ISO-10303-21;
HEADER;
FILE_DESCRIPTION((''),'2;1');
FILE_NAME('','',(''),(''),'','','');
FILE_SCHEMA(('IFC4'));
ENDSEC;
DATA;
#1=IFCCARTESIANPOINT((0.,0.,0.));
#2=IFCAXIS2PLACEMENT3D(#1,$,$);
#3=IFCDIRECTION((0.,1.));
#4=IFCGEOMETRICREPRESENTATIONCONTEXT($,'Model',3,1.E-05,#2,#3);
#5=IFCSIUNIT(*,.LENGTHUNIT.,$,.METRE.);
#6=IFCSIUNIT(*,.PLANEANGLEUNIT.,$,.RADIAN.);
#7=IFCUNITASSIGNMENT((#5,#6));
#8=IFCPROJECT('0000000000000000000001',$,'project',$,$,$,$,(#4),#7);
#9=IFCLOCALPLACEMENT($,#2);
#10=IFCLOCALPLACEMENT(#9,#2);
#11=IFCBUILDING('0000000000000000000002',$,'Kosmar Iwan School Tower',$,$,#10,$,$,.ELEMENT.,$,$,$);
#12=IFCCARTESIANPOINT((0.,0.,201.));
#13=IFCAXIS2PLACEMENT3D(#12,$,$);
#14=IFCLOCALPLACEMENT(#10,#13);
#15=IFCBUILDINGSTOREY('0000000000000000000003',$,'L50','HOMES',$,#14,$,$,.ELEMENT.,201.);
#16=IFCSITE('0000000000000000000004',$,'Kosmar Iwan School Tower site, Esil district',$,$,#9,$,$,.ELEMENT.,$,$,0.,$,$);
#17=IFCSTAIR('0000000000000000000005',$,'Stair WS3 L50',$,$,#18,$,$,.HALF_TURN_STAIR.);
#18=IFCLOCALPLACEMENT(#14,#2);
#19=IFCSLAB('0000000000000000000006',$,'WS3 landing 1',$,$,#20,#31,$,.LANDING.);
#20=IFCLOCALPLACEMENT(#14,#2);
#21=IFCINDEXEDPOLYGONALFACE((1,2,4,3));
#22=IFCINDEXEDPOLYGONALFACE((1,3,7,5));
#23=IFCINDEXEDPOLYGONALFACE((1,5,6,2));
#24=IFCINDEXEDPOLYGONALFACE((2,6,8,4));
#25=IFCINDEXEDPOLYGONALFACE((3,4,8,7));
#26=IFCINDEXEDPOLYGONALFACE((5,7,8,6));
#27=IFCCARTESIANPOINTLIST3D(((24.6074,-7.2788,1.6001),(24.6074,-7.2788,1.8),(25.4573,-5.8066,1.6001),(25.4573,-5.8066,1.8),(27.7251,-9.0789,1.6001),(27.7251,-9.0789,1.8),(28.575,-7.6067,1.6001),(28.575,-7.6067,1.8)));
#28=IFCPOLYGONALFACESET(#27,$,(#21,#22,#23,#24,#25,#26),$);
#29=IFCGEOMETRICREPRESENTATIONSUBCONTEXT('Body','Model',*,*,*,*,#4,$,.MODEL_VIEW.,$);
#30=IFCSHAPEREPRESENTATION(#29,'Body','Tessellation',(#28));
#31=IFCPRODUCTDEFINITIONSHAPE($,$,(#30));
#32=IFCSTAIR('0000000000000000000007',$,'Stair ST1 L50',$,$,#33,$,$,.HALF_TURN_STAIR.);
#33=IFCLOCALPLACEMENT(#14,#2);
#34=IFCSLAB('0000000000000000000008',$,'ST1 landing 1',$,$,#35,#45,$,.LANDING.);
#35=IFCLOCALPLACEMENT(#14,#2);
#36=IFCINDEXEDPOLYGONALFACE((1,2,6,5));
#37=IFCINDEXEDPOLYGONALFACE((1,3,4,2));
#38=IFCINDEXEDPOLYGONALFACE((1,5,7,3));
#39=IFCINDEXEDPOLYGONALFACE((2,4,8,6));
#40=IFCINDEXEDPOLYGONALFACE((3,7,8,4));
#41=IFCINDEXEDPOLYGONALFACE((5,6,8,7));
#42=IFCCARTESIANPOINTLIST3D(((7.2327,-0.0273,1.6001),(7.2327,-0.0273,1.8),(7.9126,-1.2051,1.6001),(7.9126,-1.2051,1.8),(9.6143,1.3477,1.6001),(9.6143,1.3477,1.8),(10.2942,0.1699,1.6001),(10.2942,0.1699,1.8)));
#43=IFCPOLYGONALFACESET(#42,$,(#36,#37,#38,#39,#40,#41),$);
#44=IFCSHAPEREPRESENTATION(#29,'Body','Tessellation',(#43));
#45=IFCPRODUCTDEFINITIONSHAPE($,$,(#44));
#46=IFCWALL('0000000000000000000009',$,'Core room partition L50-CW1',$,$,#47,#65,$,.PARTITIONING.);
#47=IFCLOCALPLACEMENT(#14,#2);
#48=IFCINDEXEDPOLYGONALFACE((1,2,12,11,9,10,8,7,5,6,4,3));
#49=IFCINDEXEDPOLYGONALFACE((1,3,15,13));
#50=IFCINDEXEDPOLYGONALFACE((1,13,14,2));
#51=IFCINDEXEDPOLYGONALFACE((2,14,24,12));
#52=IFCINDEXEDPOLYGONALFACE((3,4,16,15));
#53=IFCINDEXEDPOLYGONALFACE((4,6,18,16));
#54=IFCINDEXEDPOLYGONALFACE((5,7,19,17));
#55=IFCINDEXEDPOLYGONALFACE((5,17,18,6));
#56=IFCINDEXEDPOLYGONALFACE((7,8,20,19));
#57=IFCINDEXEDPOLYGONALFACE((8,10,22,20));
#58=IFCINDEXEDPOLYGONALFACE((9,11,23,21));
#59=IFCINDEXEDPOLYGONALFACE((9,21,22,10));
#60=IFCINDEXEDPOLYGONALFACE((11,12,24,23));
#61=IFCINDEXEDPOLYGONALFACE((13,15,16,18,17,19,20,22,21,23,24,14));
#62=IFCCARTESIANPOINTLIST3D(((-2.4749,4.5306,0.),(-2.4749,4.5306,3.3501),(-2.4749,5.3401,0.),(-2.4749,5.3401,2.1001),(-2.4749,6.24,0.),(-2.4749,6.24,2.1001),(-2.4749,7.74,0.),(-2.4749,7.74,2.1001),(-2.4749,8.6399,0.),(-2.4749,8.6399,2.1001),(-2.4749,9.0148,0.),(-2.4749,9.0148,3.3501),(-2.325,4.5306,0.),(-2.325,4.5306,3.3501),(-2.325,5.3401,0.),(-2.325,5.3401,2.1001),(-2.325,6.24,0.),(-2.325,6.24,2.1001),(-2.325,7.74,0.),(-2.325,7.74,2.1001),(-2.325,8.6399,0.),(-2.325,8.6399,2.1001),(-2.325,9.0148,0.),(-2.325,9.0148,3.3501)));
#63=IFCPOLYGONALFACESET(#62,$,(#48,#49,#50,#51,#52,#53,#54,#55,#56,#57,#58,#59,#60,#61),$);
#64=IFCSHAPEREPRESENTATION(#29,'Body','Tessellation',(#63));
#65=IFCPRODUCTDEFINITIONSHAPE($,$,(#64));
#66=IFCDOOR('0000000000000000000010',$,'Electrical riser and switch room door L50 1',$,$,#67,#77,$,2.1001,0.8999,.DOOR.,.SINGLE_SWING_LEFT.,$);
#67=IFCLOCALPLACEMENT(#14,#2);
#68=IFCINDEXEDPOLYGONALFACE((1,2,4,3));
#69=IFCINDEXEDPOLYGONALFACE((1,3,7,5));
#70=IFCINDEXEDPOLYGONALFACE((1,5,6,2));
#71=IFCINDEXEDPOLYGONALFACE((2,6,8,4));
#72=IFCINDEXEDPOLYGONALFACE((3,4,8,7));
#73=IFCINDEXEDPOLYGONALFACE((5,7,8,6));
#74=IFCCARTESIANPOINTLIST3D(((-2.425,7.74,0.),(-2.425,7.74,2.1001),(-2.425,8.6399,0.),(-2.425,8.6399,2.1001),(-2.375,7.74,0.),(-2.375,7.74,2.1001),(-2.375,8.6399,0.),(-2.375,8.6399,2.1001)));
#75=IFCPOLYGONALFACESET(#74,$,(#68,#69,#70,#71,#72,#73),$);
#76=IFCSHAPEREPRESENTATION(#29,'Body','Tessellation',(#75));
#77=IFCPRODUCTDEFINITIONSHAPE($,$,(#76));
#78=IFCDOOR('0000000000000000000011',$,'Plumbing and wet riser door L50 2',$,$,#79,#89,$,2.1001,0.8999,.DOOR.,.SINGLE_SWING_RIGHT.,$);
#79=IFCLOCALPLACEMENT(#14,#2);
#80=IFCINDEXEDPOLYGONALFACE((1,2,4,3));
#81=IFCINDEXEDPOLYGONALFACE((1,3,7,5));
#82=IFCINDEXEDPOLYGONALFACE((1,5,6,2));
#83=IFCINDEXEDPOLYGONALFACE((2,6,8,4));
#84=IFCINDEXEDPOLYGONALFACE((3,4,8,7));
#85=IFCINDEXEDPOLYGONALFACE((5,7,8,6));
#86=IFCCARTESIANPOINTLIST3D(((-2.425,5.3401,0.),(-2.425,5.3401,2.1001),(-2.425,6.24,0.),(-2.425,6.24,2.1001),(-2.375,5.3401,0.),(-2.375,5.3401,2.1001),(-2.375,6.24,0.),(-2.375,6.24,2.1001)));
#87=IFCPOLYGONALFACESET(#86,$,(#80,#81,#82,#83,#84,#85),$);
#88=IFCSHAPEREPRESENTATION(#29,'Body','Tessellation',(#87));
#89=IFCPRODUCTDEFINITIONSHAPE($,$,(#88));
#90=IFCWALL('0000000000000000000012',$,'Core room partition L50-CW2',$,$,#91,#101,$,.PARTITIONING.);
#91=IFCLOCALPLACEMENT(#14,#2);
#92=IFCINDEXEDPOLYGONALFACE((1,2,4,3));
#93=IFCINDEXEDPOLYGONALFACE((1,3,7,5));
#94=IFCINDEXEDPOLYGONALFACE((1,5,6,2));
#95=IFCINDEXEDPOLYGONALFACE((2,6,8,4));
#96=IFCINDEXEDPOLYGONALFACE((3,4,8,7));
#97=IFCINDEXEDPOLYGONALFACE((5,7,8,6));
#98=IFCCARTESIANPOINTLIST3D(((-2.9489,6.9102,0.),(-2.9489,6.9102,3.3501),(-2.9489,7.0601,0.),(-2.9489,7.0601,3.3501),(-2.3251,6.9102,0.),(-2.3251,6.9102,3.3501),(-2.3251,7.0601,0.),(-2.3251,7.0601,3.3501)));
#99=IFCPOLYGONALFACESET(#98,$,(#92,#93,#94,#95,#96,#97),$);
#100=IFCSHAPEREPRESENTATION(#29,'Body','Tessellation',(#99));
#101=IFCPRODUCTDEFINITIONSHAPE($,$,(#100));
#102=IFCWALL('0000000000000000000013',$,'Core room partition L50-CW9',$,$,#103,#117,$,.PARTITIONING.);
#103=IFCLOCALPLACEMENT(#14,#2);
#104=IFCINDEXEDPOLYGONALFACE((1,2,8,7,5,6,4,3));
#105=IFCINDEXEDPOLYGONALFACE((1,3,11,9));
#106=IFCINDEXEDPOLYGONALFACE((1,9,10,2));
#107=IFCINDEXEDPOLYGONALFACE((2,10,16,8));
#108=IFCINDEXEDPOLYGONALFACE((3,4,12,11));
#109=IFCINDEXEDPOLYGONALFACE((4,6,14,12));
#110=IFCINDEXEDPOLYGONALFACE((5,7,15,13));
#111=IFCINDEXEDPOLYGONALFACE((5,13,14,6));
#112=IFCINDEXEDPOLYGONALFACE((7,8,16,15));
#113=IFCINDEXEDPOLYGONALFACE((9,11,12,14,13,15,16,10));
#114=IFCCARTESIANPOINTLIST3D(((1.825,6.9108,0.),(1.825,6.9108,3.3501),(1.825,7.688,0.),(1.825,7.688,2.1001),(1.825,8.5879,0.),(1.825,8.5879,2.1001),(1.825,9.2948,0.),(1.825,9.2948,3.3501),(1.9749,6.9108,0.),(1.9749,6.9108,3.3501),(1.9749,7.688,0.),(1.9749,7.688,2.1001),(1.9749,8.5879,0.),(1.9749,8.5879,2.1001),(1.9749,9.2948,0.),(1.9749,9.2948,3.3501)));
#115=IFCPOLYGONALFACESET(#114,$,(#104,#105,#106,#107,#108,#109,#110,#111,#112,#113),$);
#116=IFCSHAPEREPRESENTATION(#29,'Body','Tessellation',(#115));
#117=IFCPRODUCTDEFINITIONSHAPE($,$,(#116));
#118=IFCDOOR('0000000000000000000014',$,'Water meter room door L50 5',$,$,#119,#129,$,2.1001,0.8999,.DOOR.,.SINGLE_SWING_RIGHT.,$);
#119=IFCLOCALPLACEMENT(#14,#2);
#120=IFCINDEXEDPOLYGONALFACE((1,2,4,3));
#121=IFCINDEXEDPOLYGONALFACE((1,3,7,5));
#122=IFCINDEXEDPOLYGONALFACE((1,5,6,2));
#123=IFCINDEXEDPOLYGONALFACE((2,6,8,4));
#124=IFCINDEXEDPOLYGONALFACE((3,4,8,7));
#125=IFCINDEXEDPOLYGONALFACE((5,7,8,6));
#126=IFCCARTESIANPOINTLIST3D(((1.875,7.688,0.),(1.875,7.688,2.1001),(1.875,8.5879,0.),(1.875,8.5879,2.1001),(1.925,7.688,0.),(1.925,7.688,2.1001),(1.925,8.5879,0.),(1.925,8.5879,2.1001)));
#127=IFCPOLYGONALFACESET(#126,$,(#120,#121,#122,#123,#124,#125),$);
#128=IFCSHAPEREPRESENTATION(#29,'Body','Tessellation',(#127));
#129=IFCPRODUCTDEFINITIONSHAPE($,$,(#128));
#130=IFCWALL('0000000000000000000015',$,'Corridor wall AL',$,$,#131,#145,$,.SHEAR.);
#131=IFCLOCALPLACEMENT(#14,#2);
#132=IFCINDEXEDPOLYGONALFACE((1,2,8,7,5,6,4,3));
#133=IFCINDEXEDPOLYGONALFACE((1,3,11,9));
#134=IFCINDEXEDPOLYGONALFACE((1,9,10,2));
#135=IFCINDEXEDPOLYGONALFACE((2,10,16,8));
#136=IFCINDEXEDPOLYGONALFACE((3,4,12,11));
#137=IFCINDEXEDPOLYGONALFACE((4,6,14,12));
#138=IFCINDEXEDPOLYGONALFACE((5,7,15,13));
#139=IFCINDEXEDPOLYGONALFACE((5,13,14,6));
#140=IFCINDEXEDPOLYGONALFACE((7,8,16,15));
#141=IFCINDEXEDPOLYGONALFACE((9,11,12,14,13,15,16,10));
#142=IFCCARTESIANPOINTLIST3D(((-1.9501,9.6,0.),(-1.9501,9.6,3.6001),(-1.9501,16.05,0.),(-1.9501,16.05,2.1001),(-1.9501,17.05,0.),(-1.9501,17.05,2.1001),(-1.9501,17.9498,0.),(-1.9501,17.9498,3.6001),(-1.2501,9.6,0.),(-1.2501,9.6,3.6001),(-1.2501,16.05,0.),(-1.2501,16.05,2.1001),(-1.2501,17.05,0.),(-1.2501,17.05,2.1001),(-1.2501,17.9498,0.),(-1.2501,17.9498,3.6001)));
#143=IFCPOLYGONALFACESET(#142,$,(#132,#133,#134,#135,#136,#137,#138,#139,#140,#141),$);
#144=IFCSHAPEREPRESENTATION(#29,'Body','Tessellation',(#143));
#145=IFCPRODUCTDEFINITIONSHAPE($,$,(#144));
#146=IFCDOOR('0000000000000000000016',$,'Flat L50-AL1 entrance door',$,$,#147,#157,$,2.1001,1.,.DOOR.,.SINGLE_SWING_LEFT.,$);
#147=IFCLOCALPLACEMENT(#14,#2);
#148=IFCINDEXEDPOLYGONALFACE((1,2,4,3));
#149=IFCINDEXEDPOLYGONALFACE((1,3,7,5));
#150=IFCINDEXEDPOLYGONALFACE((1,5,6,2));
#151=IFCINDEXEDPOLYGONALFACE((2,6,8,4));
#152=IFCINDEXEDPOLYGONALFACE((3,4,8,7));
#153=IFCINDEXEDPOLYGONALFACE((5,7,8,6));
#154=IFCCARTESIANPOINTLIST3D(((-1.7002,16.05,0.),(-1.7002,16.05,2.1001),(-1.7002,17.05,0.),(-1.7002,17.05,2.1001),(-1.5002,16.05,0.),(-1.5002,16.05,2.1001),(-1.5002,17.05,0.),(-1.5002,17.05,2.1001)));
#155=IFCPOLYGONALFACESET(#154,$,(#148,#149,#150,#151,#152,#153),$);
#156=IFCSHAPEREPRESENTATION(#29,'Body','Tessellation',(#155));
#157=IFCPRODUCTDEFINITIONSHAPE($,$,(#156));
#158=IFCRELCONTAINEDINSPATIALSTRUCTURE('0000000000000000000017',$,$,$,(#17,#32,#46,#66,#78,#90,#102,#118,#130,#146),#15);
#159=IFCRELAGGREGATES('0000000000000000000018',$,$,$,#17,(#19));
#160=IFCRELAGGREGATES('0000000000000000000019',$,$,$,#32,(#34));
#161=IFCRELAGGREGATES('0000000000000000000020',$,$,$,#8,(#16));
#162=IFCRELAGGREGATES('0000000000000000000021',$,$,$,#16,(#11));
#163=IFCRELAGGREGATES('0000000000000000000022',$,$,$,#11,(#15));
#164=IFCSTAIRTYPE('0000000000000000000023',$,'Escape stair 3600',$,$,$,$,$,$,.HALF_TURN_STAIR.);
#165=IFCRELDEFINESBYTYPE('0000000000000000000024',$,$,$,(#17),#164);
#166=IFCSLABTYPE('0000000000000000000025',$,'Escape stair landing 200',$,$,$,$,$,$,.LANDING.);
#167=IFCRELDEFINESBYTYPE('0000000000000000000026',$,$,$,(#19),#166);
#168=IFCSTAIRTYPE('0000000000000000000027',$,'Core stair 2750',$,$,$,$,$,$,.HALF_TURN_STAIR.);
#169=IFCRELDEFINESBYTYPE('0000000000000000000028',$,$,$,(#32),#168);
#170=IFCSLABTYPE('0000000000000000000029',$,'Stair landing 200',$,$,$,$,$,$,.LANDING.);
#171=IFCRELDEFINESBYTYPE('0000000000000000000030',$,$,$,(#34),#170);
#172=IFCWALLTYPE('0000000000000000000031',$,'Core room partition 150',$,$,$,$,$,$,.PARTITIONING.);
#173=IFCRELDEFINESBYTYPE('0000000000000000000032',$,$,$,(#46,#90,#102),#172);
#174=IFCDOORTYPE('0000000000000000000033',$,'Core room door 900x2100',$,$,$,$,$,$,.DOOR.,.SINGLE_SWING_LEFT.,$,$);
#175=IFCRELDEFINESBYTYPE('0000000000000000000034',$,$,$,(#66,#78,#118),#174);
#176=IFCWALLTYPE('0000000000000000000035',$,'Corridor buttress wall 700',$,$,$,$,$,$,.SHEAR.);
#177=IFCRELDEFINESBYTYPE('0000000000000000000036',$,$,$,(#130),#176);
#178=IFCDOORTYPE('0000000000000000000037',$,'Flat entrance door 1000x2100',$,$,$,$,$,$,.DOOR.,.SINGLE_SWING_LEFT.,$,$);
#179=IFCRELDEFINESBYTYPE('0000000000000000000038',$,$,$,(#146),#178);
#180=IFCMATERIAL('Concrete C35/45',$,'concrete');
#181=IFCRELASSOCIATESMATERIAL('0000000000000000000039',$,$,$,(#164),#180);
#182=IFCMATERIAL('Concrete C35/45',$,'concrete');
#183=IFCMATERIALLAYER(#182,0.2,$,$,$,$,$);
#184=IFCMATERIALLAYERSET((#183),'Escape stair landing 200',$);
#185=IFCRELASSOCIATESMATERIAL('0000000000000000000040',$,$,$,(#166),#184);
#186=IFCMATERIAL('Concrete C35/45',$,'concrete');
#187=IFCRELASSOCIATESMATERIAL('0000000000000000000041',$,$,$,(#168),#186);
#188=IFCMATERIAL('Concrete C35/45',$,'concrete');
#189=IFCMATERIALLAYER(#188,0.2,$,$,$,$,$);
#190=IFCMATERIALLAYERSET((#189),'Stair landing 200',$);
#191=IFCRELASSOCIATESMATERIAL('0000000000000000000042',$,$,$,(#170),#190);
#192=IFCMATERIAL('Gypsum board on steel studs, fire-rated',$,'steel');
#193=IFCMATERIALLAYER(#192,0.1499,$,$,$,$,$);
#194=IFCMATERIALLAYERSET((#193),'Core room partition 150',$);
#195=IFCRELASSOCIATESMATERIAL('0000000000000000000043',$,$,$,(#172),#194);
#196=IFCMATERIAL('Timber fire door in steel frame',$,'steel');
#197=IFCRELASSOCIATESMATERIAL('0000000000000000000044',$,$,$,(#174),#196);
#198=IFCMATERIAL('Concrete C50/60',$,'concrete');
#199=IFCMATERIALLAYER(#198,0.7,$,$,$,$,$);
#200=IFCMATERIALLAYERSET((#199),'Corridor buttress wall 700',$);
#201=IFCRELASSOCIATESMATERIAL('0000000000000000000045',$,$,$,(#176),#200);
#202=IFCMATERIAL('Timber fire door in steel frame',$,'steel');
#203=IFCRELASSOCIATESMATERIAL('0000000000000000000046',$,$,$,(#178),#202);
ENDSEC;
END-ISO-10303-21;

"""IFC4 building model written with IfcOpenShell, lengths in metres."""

from ifc_helpers import new_model, si_unit, direction, frame, frame_2d, origin, place, context, subcontext, project, spatial, polyline, rectangle, outline, extrude, material, layer, layer_set, type_object, element, fill, aggregate, save


model = new_model("IFC4")

# Units and contexts
model_context = context("Model", 3, precision=1e-05, world=origin(), true_north=direction((0.0, 1.0)))
body_context = subcontext(model_context, "Body", "Model", "MODEL_VIEW")
ifc_project = project(units=[si_unit("LENGTHUNIT", "METRE"), si_unit("PLANEANGLEUNIT", "RADIAN")], contexts=[model_context])

# Site, building, storey
site_placement = place(None, origin())
site = spatial("IfcSite", under=ifc_project, at=site_placement, Name="Kosmar Iwan School Tower site, Esil district", CompositionType="ELEMENT", RefElevation=0.0)
building_placement = place(site_placement, origin())
building = spatial("IfcBuilding", under=site, at=building_placement, Name="Kosmar Iwan School Tower", CompositionType="ELEMENT")
storey_placement = place(building_placement, frame((0.0, 0.0, 201.0)))
storey = spatial("IfcBuildingStorey", under=building, at=storey_placement, Name="L50", Description="HOMES", CompositionType="ELEMENT", Elevation=201.0)

# Stairs, slabs
ifc_material_1 = material(Name="Concrete C35/45", Category="concrete")
stair_type_1 = type_object("IfcStairType", Name="Escape stair 3600", PredefinedType="HALF_TURN_STAIR", material=ifc_material_1)
stair_1_placement = place(storey_placement, origin())
stair_1 = element("IfcStair", 1, at=stair_1_placement, inside=storey, type_object=stair_type_1, Name="Stair WS3 L50", PredefinedType="HALF_TURN_STAIR")
ifc_material_2 = material(Name="Concrete C35/45", Category="concrete")
ifc_layer_1 = layer(ifc_material_2, 0.2)
ifc_layer_set_1 = layer_set([ifc_layer_1], Name="Escape stair landing 200")
slab_type_1 = type_object("IfcSlabType", Name="Escape stair landing 200", PredefinedType="LANDING", material=ifc_layer_set_1)
slab_1_placement = place(storey_placement, frame((0.0, 0.0, 1.6001)))
slab_1 = element("IfcSlab", 2, at=slab_1_placement, type_object=slab_type_1, Name="WS3 landing 1", PredefinedType="LANDING", context=body_context, shape_type="SweptSolid", body=[
    extrude(outline(polyline([(24.6074, -7.2788), (27.7251, -9.0789), (28.575, -7.6067), (25.4573, -5.8066), (24.6074, -7.2788)])), origin(), (0.0, 0.0, 1.0), 0.2),
])
aggregate(stair_1, [slab_1])
ifc_material_3 = material(Name="Concrete C35/45", Category="concrete")
stair_type_2 = type_object("IfcStairType", Name="Core stair 2750", PredefinedType="HALF_TURN_STAIR", material=ifc_material_3)
stair_2_placement = place(storey_placement, origin())
stair_2 = element("IfcStair", 3, at=stair_2_placement, inside=storey, type_object=stair_type_2, Name="Stair ST1 L50", PredefinedType="HALF_TURN_STAIR")
ifc_material_4 = material(Name="Concrete C35/45", Category="concrete")
ifc_layer_2 = layer(ifc_material_4, 0.2)
ifc_layer_set_2 = layer_set([ifc_layer_2], Name="Stair landing 200")
slab_type_2 = type_object("IfcSlabType", Name="Stair landing 200", PredefinedType="LANDING", material=ifc_layer_set_2)
slab_2_placement = place(storey_placement, frame((0.0, 0.0, 1.6001)))
slab_2 = element("IfcSlab", 4, at=slab_2_placement, type_object=slab_type_2, Name="ST1 landing 1", PredefinedType="LANDING", context=body_context, shape_type="SweptSolid", body=[
    extrude(outline(polyline([(7.9126, -1.2051), (10.2942, 0.1699), (9.6143, 1.3477), (7.2327, -0.0273), (7.9126, -1.2051)])), origin(), (0.0, 0.0, 1.0), 0.2),
])
aggregate(stair_2, [slab_2])

# Wall, openings, doors
ifc_material_5 = material(Name="Gypsum board on steel studs, fire-rated", Category="steel")
ifc_layer_3 = layer(ifc_material_5, 0.1499)
ifc_layer_set_3 = layer_set([ifc_layer_3], Name="Core room partition 150")
wall_type_1 = type_object("IfcWallType", Name="Core room partition 150", PredefinedType="PARTITIONING", material=ifc_layer_set_3)
wall_1_placement = place(storey_placement, frame((-2.3999, 9.0149, 0.0), z_axis=(0.0, 0.0, 1.0), x_axis=(0.0, -1.0, 0.0)))
wall_1 = element("IfcWall", 5, at=wall_1_placement, inside=storey, type_object=wall_type_1, Name="Core room partition L50-CW1", PredefinedType="PARTITIONING", context=body_context, shape_type="SweptSolid", body=[
    extrude(rectangle(XDim=4.4841, YDim=0.1499, at=frame_2d((2.2422, 0.0))), origin(), (0.0, 0.0, 1.0), 3.3501),
])
opening_1_placement = place(wall_1_placement, frame((0.375, 0.0, 0.0)))
opening_1 = element("IfcOpeningElement", 6, at=opening_1_placement, cuts=wall_1, PredefinedType="OPENING", context=body_context, shape_type="SweptSolid", body=[
    extrude(rectangle(XDim=0.8999, YDim=2.1001, at=frame_2d((0.45, 1.05))), frame((0.0, 0.0869, 0.0), z_axis=(0.0, -1.0, 0.0), x_axis=(1.0, 0.0, 0.0)), (0.0, 0.0, 1.0), 0.1738),
])
opening_2_placement = place(wall_1_placement, frame((2.7749, 0.0, 0.0)))
opening_2 = element("IfcOpeningElement", 7, at=opening_2_placement, cuts=wall_1, PredefinedType="OPENING", context=body_context, shape_type="SweptSolid", body=[
    extrude(rectangle(XDim=0.8999, YDim=2.1001, at=frame_2d((0.45, 1.05))), frame((0.0, 0.0869, 0.0), z_axis=(0.0, -1.0, 0.0), x_axis=(1.0, 0.0, 0.0)), (0.0, 0.0, 1.0), 0.1738),
])
ifc_material_6 = material(Name="Timber fire door in steel frame", Category="steel")
door_type_1 = type_object("IfcDoorType", Name="Core room door 900x2100", OperationType="SINGLE_SWING_LEFT", PredefinedType="DOOR", material=ifc_material_6)
door_1_placement = place(opening_1_placement, origin())
door_1 = element("IfcDoor", 8, at=door_1_placement, inside=storey, type_object=door_type_1, Name="Electrical riser and switch room door L50 1", OperationType="SINGLE_SWING_LEFT", OverallHeight=2.1001, OverallWidth=0.8999, PredefinedType="DOOR", context=body_context, shape_type="SweptSolid", body=[
    extrude(rectangle(XDim=0.8999, YDim=2.1001, at=frame_2d((0.45, 1.05))), frame((0.0, 0.0249, 0.0), z_axis=(0.0, -1.0, 0.0), x_axis=(1.0, 0.0, 0.0)), (0.0, 0.0, 1.0), 0.05),
])
fill(opening_1, door_1)
door_2_placement = place(opening_2_placement, origin())
door_2 = element("IfcDoor", 9, at=door_2_placement, inside=storey, type_object=door_type_1, Name="Plumbing and wet riser door L50 2", OperationType="SINGLE_SWING_RIGHT", OverallHeight=2.1001, OverallWidth=0.8999, PredefinedType="DOOR", context=body_context, shape_type="SweptSolid", body=[
    extrude(rectangle(XDim=0.8999, YDim=2.1001, at=frame_2d((0.45, 1.05))), frame((0.0, 0.0249, 0.0), z_axis=(0.0, -1.0, 0.0), x_axis=(1.0, 0.0, 0.0)), (0.0, 0.0, 1.0), 0.05),
])
fill(opening_2, door_2)

# Wall
wall_2_placement = place(storey_placement, frame((-2.325, 6.9851, 0.0), z_axis=(0.0, 0.0, 1.0), x_axis=(-1.0, 0.0, 0.0)))
element("IfcWall", 10, at=wall_2_placement, inside=storey, type_object=wall_type_1, Name="Core room partition L50-CW2", PredefinedType="PARTITIONING", context=body_context, shape_type="SweptSolid", body=[
    extrude(rectangle(XDim=0.6238, YDim=0.1499, at=frame_2d((0.312, 0.0))), origin(), (0.0, 0.0, 1.0), 3.3501),
])

# Walls, openings, doors
wall_3_placement = place(storey_placement, frame((1.8999, 6.9109, 0.0), z_axis=(0.0, 0.0, 1.0), x_axis=(0.0, 1.0, 0.0)))
wall_3 = element("IfcWall", 11, at=wall_3_placement, inside=storey, type_object=wall_type_1, Name="Core room partition L50-CW9", PredefinedType="PARTITIONING", context=body_context, shape_type="SweptSolid", body=[
    extrude(rectangle(XDim=2.384, YDim=0.1499, at=frame_2d((1.1919, 0.0))), origin(), (0.0, 0.0, 1.0), 3.3501),
])
opening_3_placement = place(wall_3_placement, frame((0.7771, 0.0, 0.0)))
opening_3 = element("IfcOpeningElement", 12, at=opening_3_placement, cuts=wall_3, PredefinedType="OPENING", context=body_context, shape_type="SweptSolid", body=[
    extrude(rectangle(XDim=0.8999, YDim=2.1001, at=frame_2d((0.45, 1.05))), frame((0.0, 0.0869, 0.0), z_axis=(0.0, -1.0, 0.0), x_axis=(1.0, 0.0, 0.0)), (0.0, 0.0, 1.0), 0.1738),
])
door_3_placement = place(opening_3_placement, origin())
door_3 = element("IfcDoor", 13, at=door_3_placement, inside=storey, type_object=door_type_1, Name="Water meter room door L50 5", OperationType="SINGLE_SWING_RIGHT", OverallHeight=2.1001, OverallWidth=0.8999, PredefinedType="DOOR", context=body_context, shape_type="SweptSolid", body=[
    extrude(rectangle(XDim=0.8999, YDim=2.1001, at=frame_2d((0.45, 1.05))), frame((0.0, 0.0249, 0.0), z_axis=(0.0, -1.0, 0.0), x_axis=(1.0, 0.0, 0.0)), (0.0, 0.0, 1.0), 0.05),
])
fill(opening_3, door_3)
ifc_material_7 = material(Name="Concrete C50/60", Category="concrete")
ifc_layer_4 = layer(ifc_material_7, 0.7)
ifc_layer_set_4 = layer_set([ifc_layer_4], Name="Corridor buttress wall 700")
wall_type_2 = type_object("IfcWallType", Name="Corridor buttress wall 700", PredefinedType="SHEAR", material=ifc_layer_set_4)
wall_4_placement = place(storey_placement, frame((-1.6001, 9.6001, 0.0), z_axis=(0.0, 0.0, 1.0), x_axis=(0.0, 1.0, 0.0)))
wall_4 = element("IfcWall", 14, at=wall_4_placement, inside=storey, type_object=wall_type_2, Name="Corridor wall AL", PredefinedType="SHEAR", context=body_context, shape_type="SweptSolid", body=[
    extrude(rectangle(XDim=8.3499, YDim=0.7, at=frame_2d((4.1748, 0.0))), origin(), (0.0, 0.0, 1.0), 3.6001),
])
opening_4_placement = place(wall_4_placement, frame((6.45, 0.0, 0.0)))
opening_4 = element("IfcOpeningElement", 15, at=opening_4_placement, cuts=wall_4, PredefinedType="OPENING", context=body_context, shape_type="SweptSolid", body=[
    extrude(rectangle(XDim=1.0, YDim=2.1001, at=frame_2d((0.5, 1.05))), frame((0.0, 0.3621, 0.0), z_axis=(0.0, -1.0, 0.0), x_axis=(1.0, 0.0, 0.0)), (0.0, 0.0, 1.0), 0.7239),
])
ifc_material_8 = material(Name="Timber fire door in steel frame", Category="steel")
door_type_2 = type_object("IfcDoorType", Name="Flat entrance door 1000x2100", OperationType="SINGLE_SWING_LEFT", PredefinedType="DOOR", material=ifc_material_8)
door_4_placement = place(opening_4_placement, origin())
door_4 = element("IfcDoor", 16, at=door_4_placement, inside=storey, type_object=door_type_2, Name="Flat L50-AL1 entrance door", OperationType="SINGLE_SWING_LEFT", OverallHeight=2.1001, OverallWidth=1.0, PredefinedType="DOOR", context=body_context, shape_type="SweptSolid", body=[
    extrude(rectangle(XDim=1.0, YDim=2.1001, at=frame_2d((0.5, 1.05))), frame((0.0, 0.1001, 0.0), z_axis=(0.0, -1.0, 0.0), x_axis=(1.0, 0.0, 0.0)), (0.0, 0.0, 1.0), 0.2),
])
fill(opening_4, door_4)

save(model, "model.ifc")
